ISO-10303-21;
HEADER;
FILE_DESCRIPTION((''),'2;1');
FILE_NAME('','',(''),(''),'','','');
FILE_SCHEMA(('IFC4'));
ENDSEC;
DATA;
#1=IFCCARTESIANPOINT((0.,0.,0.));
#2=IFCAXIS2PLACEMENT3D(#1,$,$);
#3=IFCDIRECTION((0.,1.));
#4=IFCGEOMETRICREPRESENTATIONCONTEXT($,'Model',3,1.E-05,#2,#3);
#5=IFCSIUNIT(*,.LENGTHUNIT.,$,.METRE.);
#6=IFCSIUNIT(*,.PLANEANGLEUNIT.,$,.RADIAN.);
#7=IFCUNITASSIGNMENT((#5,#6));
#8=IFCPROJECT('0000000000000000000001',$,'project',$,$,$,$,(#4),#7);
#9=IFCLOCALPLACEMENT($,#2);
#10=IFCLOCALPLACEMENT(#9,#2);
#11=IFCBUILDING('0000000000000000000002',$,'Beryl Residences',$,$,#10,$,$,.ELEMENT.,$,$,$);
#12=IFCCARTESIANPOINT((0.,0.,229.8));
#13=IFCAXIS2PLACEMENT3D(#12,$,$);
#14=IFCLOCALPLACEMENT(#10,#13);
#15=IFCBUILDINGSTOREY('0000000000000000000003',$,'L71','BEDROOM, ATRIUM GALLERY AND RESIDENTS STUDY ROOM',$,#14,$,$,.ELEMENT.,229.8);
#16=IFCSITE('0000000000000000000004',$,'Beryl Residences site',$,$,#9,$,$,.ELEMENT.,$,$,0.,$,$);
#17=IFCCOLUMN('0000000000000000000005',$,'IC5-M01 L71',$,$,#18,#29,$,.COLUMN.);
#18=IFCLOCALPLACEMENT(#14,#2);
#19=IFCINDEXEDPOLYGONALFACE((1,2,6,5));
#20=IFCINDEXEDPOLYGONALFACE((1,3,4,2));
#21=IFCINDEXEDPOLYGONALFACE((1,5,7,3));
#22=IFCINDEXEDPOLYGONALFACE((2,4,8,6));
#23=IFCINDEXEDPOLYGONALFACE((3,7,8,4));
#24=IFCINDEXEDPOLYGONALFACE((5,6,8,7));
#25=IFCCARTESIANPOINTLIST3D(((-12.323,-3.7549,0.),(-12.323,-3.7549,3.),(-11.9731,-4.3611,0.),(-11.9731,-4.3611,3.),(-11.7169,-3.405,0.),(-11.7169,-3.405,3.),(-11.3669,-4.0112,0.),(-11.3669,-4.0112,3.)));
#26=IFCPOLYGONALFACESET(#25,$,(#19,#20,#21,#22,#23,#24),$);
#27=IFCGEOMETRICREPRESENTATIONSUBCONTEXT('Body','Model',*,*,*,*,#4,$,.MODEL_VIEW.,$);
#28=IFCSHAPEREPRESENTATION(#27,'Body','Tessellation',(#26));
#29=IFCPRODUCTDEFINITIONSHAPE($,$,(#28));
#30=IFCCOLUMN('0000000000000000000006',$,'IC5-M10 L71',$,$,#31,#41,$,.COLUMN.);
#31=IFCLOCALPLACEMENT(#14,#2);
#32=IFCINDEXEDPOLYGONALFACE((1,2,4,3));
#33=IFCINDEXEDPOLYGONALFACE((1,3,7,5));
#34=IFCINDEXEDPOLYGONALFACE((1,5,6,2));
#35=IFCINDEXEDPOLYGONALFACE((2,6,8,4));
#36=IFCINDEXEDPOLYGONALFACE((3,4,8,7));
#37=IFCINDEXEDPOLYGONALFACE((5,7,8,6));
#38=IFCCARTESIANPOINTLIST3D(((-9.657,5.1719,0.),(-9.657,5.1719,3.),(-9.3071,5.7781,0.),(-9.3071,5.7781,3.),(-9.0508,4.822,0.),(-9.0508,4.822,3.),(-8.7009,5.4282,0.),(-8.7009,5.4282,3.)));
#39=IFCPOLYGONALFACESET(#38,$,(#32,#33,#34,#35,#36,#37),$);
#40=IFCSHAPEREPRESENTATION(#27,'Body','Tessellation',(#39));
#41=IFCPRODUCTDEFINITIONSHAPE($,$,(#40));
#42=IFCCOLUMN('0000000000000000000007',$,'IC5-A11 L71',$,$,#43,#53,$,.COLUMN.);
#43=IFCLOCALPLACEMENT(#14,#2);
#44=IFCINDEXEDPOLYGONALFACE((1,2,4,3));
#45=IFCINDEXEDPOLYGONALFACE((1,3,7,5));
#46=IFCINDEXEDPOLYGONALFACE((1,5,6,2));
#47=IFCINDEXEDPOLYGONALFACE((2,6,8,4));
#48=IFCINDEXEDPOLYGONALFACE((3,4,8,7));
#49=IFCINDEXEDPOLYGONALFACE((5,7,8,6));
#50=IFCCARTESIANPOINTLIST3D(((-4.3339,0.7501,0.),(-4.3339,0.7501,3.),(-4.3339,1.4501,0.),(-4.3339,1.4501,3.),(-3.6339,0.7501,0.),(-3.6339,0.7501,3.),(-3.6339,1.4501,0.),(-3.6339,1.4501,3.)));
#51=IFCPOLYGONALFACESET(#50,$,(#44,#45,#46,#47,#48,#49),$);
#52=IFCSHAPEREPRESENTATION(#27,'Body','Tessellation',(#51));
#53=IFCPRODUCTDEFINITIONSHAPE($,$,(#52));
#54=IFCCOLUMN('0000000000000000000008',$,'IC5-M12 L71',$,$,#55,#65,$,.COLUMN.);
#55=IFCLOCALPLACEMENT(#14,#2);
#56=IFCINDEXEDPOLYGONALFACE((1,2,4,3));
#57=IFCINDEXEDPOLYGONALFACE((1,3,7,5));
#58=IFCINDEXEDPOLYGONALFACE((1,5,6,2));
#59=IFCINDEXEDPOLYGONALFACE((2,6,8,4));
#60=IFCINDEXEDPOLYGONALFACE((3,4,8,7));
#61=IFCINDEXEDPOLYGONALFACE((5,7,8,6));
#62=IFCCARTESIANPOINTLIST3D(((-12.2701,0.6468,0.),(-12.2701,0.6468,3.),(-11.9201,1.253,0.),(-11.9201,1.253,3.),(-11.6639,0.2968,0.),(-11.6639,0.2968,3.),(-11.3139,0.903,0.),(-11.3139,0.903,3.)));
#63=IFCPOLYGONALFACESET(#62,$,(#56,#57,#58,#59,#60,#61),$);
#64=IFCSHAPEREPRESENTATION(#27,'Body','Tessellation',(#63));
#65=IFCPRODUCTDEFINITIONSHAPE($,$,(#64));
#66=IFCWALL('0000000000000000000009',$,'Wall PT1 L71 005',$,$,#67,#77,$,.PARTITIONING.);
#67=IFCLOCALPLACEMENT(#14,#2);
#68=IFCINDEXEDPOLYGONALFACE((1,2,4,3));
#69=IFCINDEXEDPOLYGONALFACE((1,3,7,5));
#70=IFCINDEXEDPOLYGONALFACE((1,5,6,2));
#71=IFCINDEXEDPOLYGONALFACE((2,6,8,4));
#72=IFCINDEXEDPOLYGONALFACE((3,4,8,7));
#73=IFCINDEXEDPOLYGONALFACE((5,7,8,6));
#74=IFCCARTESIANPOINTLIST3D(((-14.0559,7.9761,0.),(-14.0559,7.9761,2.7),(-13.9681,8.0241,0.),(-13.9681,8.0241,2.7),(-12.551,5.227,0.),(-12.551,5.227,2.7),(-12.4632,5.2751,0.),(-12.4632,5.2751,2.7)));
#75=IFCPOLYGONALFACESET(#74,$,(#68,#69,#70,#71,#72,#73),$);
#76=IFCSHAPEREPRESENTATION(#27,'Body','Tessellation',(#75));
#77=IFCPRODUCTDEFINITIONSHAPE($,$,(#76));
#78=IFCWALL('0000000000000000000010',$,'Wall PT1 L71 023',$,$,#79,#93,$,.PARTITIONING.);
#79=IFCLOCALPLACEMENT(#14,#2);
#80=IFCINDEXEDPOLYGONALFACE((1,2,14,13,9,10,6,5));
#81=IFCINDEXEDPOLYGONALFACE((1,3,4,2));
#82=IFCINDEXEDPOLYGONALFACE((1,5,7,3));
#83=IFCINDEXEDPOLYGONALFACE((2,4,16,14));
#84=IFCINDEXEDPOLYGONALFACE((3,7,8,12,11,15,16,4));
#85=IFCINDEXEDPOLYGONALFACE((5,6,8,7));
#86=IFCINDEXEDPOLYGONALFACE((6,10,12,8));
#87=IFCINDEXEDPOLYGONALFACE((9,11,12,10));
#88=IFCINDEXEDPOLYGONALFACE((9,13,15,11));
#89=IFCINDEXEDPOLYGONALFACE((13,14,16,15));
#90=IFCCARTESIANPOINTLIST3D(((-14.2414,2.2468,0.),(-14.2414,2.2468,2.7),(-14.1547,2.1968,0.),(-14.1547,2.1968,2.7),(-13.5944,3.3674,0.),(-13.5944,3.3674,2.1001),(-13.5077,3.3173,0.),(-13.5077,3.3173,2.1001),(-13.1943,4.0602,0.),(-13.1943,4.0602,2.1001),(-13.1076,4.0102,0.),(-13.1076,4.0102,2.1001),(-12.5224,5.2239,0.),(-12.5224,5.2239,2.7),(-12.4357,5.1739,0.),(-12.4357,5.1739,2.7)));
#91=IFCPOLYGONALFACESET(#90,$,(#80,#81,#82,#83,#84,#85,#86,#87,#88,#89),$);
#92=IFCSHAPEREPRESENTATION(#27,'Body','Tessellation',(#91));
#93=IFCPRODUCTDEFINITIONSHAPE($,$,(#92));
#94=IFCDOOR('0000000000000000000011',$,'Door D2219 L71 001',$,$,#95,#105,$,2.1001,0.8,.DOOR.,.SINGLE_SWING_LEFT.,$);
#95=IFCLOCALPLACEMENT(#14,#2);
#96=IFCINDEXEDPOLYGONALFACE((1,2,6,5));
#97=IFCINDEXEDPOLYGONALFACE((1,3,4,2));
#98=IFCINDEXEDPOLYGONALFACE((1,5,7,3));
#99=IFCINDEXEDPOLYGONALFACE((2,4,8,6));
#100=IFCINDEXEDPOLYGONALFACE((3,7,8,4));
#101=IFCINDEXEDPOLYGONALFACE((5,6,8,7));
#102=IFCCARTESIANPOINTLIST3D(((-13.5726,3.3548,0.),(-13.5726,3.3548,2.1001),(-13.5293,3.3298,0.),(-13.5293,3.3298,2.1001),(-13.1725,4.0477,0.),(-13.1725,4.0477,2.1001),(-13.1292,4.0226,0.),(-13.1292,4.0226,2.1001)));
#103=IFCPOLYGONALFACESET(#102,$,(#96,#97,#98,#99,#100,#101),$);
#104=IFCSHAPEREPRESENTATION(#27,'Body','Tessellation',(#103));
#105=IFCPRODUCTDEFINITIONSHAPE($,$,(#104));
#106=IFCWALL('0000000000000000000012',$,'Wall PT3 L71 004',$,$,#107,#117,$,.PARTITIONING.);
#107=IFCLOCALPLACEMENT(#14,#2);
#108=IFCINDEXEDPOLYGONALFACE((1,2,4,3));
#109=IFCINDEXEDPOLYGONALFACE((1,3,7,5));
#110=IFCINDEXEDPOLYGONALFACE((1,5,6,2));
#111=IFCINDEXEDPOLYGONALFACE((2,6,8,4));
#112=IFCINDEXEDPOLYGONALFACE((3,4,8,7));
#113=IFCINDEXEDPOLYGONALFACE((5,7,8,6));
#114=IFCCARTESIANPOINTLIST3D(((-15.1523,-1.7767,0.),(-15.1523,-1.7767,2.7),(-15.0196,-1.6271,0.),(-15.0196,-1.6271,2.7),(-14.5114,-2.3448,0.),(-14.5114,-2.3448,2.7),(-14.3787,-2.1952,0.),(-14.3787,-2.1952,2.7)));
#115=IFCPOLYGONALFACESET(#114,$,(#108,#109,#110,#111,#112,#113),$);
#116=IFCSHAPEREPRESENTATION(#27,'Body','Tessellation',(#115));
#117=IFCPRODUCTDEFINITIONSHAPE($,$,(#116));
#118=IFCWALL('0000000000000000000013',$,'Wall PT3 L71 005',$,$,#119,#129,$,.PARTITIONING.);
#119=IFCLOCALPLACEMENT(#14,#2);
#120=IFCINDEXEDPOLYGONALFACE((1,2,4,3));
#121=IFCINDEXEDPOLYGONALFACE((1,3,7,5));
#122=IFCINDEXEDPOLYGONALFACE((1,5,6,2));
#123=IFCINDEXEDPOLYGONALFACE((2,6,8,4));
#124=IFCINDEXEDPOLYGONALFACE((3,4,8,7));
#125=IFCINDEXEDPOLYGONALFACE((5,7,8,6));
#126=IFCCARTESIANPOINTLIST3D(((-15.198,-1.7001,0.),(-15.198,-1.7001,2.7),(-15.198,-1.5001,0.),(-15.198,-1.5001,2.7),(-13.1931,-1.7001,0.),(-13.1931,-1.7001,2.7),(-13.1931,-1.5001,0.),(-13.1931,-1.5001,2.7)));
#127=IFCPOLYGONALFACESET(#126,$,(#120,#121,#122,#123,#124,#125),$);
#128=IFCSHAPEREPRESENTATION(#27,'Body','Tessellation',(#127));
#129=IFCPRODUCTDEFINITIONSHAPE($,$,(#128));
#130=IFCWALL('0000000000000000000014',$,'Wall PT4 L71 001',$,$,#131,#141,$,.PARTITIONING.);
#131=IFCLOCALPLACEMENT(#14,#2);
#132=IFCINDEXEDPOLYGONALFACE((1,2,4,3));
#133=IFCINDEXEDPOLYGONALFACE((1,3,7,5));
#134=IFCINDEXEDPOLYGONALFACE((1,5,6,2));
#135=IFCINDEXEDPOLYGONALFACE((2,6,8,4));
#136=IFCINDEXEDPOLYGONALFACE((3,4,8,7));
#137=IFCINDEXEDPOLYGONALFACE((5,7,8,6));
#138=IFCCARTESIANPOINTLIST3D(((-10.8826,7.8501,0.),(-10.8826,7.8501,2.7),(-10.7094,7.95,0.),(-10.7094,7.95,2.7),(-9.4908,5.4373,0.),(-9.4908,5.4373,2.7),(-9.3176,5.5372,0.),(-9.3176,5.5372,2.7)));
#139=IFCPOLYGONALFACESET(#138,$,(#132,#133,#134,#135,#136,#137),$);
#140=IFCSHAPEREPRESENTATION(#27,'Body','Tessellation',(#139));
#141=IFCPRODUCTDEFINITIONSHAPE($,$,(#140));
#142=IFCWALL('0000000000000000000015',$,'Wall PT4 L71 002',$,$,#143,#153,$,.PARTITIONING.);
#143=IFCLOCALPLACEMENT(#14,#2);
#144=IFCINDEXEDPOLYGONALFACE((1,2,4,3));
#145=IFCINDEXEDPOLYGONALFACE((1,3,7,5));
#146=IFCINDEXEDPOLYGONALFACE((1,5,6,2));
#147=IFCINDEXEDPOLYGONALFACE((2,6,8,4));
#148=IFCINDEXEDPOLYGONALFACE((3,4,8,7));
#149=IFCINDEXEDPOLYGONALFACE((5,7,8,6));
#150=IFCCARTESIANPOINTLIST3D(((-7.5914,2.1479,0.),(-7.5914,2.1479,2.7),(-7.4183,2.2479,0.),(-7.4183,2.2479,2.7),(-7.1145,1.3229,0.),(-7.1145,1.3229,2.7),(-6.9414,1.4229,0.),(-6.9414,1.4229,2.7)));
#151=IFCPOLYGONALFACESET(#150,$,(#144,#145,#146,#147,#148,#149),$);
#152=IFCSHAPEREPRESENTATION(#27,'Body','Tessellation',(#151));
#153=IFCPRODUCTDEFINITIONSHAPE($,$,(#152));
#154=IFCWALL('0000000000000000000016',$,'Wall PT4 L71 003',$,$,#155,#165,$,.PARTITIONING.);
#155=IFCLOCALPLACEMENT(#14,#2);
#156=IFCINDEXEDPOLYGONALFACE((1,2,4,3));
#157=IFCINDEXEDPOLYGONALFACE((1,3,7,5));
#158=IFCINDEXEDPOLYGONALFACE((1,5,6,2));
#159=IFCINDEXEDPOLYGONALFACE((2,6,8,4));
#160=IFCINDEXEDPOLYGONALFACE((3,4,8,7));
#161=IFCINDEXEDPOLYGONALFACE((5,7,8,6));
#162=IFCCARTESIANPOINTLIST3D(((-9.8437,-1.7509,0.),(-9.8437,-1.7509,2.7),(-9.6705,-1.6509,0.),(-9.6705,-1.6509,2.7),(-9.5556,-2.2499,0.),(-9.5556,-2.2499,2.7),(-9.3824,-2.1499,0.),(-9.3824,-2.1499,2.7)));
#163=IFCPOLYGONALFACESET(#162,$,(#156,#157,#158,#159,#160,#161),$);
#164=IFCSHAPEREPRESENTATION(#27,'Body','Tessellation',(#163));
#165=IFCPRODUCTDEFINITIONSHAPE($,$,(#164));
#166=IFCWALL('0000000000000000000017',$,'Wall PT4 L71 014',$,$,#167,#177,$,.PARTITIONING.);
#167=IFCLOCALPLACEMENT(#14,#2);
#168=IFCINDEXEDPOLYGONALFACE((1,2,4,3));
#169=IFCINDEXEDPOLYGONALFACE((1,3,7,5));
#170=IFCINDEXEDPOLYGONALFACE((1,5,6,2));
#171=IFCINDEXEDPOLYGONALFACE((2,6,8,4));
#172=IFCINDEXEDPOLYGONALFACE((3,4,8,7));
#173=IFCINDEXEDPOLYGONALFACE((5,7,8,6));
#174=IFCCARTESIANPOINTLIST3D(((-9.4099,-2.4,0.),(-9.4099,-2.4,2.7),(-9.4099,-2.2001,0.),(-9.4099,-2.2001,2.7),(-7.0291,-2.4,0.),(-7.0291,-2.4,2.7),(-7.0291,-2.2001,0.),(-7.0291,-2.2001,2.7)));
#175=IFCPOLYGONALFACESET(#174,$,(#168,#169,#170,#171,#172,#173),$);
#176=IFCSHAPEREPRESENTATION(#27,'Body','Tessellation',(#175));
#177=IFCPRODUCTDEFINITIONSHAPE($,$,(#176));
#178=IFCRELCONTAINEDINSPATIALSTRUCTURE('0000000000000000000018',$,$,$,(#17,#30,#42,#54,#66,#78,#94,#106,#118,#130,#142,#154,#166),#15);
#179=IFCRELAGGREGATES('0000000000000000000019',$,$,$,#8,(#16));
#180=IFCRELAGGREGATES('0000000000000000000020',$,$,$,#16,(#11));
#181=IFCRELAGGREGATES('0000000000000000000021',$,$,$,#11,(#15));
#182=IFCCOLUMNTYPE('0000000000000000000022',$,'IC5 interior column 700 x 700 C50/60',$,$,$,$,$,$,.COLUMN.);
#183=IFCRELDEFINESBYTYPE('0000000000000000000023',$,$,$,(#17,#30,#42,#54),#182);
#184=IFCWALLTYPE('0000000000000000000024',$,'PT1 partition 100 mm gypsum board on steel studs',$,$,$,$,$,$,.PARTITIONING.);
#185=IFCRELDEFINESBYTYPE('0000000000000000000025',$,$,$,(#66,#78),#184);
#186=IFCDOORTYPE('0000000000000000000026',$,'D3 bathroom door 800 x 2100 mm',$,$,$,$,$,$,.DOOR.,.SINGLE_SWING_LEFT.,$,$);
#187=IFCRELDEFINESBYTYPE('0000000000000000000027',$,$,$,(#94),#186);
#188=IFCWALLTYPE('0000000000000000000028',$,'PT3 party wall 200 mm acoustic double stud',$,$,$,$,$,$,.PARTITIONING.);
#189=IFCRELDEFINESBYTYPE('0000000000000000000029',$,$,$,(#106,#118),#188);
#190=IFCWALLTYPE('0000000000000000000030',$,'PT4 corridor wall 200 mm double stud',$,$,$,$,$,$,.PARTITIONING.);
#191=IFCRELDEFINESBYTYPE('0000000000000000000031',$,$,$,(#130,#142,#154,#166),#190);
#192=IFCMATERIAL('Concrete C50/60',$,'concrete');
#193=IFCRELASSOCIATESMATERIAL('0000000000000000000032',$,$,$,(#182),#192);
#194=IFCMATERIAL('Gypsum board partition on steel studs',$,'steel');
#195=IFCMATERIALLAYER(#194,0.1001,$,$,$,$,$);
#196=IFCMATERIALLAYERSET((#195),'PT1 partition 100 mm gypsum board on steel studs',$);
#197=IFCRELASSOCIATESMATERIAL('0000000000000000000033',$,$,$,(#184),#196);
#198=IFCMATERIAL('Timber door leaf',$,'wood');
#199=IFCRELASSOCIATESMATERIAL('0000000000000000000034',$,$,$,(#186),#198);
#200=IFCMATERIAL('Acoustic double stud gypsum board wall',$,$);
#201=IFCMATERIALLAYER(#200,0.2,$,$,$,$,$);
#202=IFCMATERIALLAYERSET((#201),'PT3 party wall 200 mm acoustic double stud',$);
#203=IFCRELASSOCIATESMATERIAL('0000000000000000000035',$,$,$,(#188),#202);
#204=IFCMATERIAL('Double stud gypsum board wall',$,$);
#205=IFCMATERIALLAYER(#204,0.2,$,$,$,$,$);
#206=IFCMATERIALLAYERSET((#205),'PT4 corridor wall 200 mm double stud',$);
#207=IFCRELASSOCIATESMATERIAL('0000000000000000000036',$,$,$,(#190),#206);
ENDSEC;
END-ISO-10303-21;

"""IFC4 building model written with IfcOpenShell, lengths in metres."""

from ifc_helpers import new_model, si_unit, direction, frame, frame_2d, origin, origin_2d, place, context, subcontext, project, spatial, rectangle, extrude, material, layer, layer_set, material_profile, profile_set, type_object, element, fill, save


model = new_model("IFC4")

# Units and contexts
model_context = context("Model", 3, precision=1e-05, world=origin(), true_north=direction((0.0, 1.0)))
body_context = subcontext(model_context, "Body", "Model", "MODEL_VIEW")
ifc_project = project(units=[si_unit("LENGTHUNIT", "METRE"), si_unit("PLANEANGLEUNIT", "RADIAN")], contexts=[model_context])

# Site, building, storey
site_placement = place(None, origin())
site = spatial("IfcSite", under=ifc_project, at=site_placement, Name="Beryl Residences site", CompositionType="ELEMENT", RefElevation=0.0)
building_placement = place(site_placement, origin())
building = spatial("IfcBuilding", under=site, at=building_placement, Name="Beryl Residences", CompositionType="ELEMENT")
storey_placement = place(building_placement, frame((0.0, 0.0, 229.8)))
storey = spatial("IfcBuildingStorey", under=building, at=storey_placement, Name="L71", Description="BEDROOM, ATRIUM GALLERY AND RESIDENTS STUDY ROOM", CompositionType="ELEMENT", Elevation=229.8)

# Columns
ifc_material_1 = material(Name="Concrete C50/60", Category="concrete")
ifc_material_profile = material_profile(ifc_material_1, rectangle(XDim=0.7, YDim=0.7, at=origin_2d()))
ifc_profile_set = profile_set([ifc_material_profile], Name="Concrete C50/60")
column_type = type_object("IfcColumnType", Name="IC5 interior column 700 x 700 C50/60", PredefinedType="COLUMN", material=ifc_profile_set)
for number, where, z_axis, x_axis, name in (
    (1, (-11.845, -3.8831, 0.0), (0.0, 0.0, 1.0), (0.499985, -0.866034, 0.0), "IC5-M01 L71"),
    (2, (-9.179, 5.3, 0.0), (0.0, 0.0, 1.0), (-0.49997, -0.866043, 0.0), "IC5-M10 L71"),
    (3, (-3.9839, 1.1001, 0.0), (0.0, 0.0, 1.0), (1.0, 0.0, 0.0), "IC5-A11 L71"),
    (4, (-11.792, 0.7749, 0.0), (0.0, 0.0, 1.0), (-0.49997, -0.866043, 0.0), "IC5-M12 L71"),
):
    element("IfcColumn", number, at=place(storey_placement, frame(where, z_axis=z_axis, x_axis=x_axis)), inside=storey, type_object=column_type, Name=name, PredefinedType="COLUMN", context=body_context, shape_type="SweptSolid", body=[
        extrude(rectangle(XDim=0.7, YDim=0.7, at=origin_2d()), origin(), (0.0, 0.0, 1.0), 3.0),
    ])

# Wall
ifc_material_2 = material(Name="Gypsum board partition on steel studs", Category="steel")
ifc_layer_1 = layer(ifc_material_2, 0.1001)
ifc_layer_set_1 = layer_set([ifc_layer_1], Name="PT1 partition 100 mm gypsum board on steel studs")
wall_type_1 = type_object("IfcWallType", Name="PT1 partition 100 mm gypsum board on steel studs", PredefinedType="PARTITIONING", material=ifc_layer_set_1)
wall_1_placement = place(storey_placement, frame((-14.012, 8.0, 0.0), z_axis=(0.0, 0.0, 1.0), x_axis=(0.480183, -0.877168, 0.0)))
element("IfcWall", 5, at=wall_1_placement, inside=storey, type_object=wall_type_1, Name="Wall PT1 L71 005", PredefinedType="PARTITIONING", context=body_context, shape_type="SweptSolid", body=[
    extrude(rectangle(XDim=3.134, YDim=0.1001, at=frame_2d((1.5669, 0.0))), origin(), (0.0, 0.0, 1.0), 2.7),
])

# Wall, opening, door
wall_2_placement = place(storey_placement, frame((-14.198, 2.2219, 0.0), z_axis=(0.0, 0.0, 1.0), x_axis=(0.500042, 0.866001, 0.0)))
wall_2 = element("IfcWall", 6, at=wall_2_placement, inside=storey, type_object=wall_type_1, Name="Wall PT1 L71 023", PredefinedType="PARTITIONING", context=body_context, shape_type="SweptSolid", body=[
    extrude(rectangle(XDim=3.4377, YDim=0.1001, at=frame_2d((1.7188, 0.0))), origin(), (0.0, 0.0, 1.0), 2.7),
])
opening_1_placement = place(wall_2_placement, frame((1.2939, 0.0, 0.0)))
opening_1 = element("IfcOpeningElement", 7, at=opening_1_placement, cuts=wall_2, PredefinedType="OPENING", context=body_context, shape_type="SweptSolid", body=[
    extrude(rectangle(XDim=0.8, YDim=2.1001, at=frame_2d((0.3999, 1.05))), frame((0.0, 0.0601, 0.0), z_axis=(0.0, -1.0, 0.0), x_axis=(1.0, 0.0, 0.0)), (0.0, 0.0, 1.0), 0.1201),
])
ifc_material_3 = material(Name="Timber door leaf", Category="wood")
door_type_1 = type_object("IfcDoorType", Name="D3 bathroom door 800 x 2100 mm", OperationType="SINGLE_SWING_LEFT", PredefinedType="DOOR", material=ifc_material_3)
door_1_placement = place(opening_1_placement, origin())
door_1 = element("IfcDoor", 8, at=door_1_placement, inside=storey, type_object=door_type_1, Name="Door D2219 L71 001", OperationType="SINGLE_SWING_LEFT", OverallHeight=2.1001, OverallWidth=0.8, PredefinedType="DOOR", context=body_context, shape_type="SweptSolid", body=[
    extrude(rectangle(XDim=0.8, YDim=2.1001, at=frame_2d((0.3999, 1.05))), frame((0.0, 0.0249, 0.0), z_axis=(0.0, -1.0, 0.0), x_axis=(1.0, 0.0, 0.0)), (0.0, 0.0, 1.0), 0.05),
])
fill(opening_1, door_1)

# Walls
ifc_material_4 = material(Name="Acoustic double stud gypsum board wall")
ifc_layer_2 = layer(ifc_material_4, 0.2)
ifc_layer_set_2 = layer_set([ifc_layer_2], Name="PT3 party wall 200 mm acoustic double stud")
wall_type_2 = type_object("IfcWallType", Name="PT3 party wall 200 mm acoustic double stud", PredefinedType="PARTITIONING", material=ifc_layer_set_2)
wall_3_placement = place(storey_placement, frame((-15.0859, -1.7019, 0.0), z_axis=(0.0, 0.0, 1.0), x_axis=(0.748305, -0.663355, 0.0)))
element("IfcWall", 9, at=wall_3_placement, inside=storey, type_object=wall_type_2, Name="Wall PT3 L71 004", PredefinedType="PARTITIONING", context=body_context, shape_type="SweptSolid", body=[
    extrude(rectangle(XDim=0.8564, YDim=0.2, at=frame_2d((0.4282, 0.0))), origin(), (0.0, 0.0, 1.0), 2.7),
])
wall_4_placement = place(storey_placement, frame((-15.198, -1.6001, 0.0), z_axis=(0.0, 0.0, 1.0), x_axis=(1.0, 0.0, 0.0)))
element("IfcWall", 10, at=wall_4_placement, inside=storey, type_object=wall_type_2, Name="Wall PT3 L71 005", PredefinedType="PARTITIONING", context=body_context, shape_type="SweptSolid", body=[
    extrude(rectangle(XDim=2.0049, YDim=0.2, at=frame_2d((1.0024, 0.0))), origin(), (0.0, 0.0, 1.0), 2.7),
])
ifc_material_5 = material(Name="Double stud gypsum board wall")
ifc_layer_3 = layer(ifc_material_5, 0.2)
ifc_layer_set_3 = layer_set([ifc_layer_3], Name="PT4 corridor wall 200 mm double stud")
wall_type_3 = type_object("IfcWallType", Name="PT4 corridor wall 200 mm double stud", PredefinedType="PARTITIONING", material=ifc_layer_set_3)
wall_5_placement = place(storey_placement, frame((-10.7959, 7.8999, 0.0), z_axis=(0.0, 0.0, 1.0), x_axis=(0.499674, -0.866213, 0.0)))
element("IfcWall", 11, at=wall_5_placement, inside=storey, type_object=wall_type_3, Name="Wall PT4 L71 001", PredefinedType="PARTITIONING", context=body_context, shape_type="SweptSolid", body=[
    extrude(rectangle(XDim=2.7854, YDim=0.2, at=frame_2d((1.3926, 0.0))), origin(), (0.0, 0.0, 1.0), 2.7),
])
wall_6_placement = place(storey_placement, frame((-7.5049, 2.198, 0.0), z_axis=(0.0, 0.0, 1.0), x_axis=(0.50041, -0.865789, 0.0)))
element("IfcWall", 12, at=wall_6_placement, inside=storey, type_object=wall_type_3, Name="Wall PT4 L71 002", PredefinedType="PARTITIONING", context=body_context, shape_type="SweptSolid", body=[
    extrude(rectangle(XDim=0.9529, YDim=0.2, at=frame_2d((0.4766, 0.0))), origin(), (0.0, 0.0, 1.0), 2.7),
])
wall_7_placement = place(storey_placement, frame((-9.7571, -1.7009, 0.0), z_axis=(0.0, 0.0, 1.0), x_axis=(0.499967, -0.866044, 0.0)))
element("IfcWall", 13, at=wall_7_placement, inside=storey, type_object=wall_type_3, Name="Wall PT4 L71 003", PredefinedType="PARTITIONING", context=body_context, shape_type="SweptSolid", body=[
    extrude(rectangle(XDim=0.5762, YDim=0.2, at=frame_2d((0.2881, 0.0))), origin(), (0.0, 0.0, 1.0), 2.7),
])
wall_8_placement = place(storey_placement, frame((-9.4099, -2.3, 0.0), z_axis=(0.0, 0.0, 1.0), x_axis=(1.0, 0.0, 0.0)))
element("IfcWall", 14, at=wall_8_placement, inside=storey, type_object=wall_type_3, Name="Wall PT4 L71 014", PredefinedType="PARTITIONING", context=body_context, shape_type="SweptSolid", body=[
    extrude(rectangle(XDim=2.3809, YDim=0.2, at=frame_2d((1.1904, 0.0))), origin(), (0.0, 0.0, 1.0), 2.7),
])

save(model, "model.ifc")
